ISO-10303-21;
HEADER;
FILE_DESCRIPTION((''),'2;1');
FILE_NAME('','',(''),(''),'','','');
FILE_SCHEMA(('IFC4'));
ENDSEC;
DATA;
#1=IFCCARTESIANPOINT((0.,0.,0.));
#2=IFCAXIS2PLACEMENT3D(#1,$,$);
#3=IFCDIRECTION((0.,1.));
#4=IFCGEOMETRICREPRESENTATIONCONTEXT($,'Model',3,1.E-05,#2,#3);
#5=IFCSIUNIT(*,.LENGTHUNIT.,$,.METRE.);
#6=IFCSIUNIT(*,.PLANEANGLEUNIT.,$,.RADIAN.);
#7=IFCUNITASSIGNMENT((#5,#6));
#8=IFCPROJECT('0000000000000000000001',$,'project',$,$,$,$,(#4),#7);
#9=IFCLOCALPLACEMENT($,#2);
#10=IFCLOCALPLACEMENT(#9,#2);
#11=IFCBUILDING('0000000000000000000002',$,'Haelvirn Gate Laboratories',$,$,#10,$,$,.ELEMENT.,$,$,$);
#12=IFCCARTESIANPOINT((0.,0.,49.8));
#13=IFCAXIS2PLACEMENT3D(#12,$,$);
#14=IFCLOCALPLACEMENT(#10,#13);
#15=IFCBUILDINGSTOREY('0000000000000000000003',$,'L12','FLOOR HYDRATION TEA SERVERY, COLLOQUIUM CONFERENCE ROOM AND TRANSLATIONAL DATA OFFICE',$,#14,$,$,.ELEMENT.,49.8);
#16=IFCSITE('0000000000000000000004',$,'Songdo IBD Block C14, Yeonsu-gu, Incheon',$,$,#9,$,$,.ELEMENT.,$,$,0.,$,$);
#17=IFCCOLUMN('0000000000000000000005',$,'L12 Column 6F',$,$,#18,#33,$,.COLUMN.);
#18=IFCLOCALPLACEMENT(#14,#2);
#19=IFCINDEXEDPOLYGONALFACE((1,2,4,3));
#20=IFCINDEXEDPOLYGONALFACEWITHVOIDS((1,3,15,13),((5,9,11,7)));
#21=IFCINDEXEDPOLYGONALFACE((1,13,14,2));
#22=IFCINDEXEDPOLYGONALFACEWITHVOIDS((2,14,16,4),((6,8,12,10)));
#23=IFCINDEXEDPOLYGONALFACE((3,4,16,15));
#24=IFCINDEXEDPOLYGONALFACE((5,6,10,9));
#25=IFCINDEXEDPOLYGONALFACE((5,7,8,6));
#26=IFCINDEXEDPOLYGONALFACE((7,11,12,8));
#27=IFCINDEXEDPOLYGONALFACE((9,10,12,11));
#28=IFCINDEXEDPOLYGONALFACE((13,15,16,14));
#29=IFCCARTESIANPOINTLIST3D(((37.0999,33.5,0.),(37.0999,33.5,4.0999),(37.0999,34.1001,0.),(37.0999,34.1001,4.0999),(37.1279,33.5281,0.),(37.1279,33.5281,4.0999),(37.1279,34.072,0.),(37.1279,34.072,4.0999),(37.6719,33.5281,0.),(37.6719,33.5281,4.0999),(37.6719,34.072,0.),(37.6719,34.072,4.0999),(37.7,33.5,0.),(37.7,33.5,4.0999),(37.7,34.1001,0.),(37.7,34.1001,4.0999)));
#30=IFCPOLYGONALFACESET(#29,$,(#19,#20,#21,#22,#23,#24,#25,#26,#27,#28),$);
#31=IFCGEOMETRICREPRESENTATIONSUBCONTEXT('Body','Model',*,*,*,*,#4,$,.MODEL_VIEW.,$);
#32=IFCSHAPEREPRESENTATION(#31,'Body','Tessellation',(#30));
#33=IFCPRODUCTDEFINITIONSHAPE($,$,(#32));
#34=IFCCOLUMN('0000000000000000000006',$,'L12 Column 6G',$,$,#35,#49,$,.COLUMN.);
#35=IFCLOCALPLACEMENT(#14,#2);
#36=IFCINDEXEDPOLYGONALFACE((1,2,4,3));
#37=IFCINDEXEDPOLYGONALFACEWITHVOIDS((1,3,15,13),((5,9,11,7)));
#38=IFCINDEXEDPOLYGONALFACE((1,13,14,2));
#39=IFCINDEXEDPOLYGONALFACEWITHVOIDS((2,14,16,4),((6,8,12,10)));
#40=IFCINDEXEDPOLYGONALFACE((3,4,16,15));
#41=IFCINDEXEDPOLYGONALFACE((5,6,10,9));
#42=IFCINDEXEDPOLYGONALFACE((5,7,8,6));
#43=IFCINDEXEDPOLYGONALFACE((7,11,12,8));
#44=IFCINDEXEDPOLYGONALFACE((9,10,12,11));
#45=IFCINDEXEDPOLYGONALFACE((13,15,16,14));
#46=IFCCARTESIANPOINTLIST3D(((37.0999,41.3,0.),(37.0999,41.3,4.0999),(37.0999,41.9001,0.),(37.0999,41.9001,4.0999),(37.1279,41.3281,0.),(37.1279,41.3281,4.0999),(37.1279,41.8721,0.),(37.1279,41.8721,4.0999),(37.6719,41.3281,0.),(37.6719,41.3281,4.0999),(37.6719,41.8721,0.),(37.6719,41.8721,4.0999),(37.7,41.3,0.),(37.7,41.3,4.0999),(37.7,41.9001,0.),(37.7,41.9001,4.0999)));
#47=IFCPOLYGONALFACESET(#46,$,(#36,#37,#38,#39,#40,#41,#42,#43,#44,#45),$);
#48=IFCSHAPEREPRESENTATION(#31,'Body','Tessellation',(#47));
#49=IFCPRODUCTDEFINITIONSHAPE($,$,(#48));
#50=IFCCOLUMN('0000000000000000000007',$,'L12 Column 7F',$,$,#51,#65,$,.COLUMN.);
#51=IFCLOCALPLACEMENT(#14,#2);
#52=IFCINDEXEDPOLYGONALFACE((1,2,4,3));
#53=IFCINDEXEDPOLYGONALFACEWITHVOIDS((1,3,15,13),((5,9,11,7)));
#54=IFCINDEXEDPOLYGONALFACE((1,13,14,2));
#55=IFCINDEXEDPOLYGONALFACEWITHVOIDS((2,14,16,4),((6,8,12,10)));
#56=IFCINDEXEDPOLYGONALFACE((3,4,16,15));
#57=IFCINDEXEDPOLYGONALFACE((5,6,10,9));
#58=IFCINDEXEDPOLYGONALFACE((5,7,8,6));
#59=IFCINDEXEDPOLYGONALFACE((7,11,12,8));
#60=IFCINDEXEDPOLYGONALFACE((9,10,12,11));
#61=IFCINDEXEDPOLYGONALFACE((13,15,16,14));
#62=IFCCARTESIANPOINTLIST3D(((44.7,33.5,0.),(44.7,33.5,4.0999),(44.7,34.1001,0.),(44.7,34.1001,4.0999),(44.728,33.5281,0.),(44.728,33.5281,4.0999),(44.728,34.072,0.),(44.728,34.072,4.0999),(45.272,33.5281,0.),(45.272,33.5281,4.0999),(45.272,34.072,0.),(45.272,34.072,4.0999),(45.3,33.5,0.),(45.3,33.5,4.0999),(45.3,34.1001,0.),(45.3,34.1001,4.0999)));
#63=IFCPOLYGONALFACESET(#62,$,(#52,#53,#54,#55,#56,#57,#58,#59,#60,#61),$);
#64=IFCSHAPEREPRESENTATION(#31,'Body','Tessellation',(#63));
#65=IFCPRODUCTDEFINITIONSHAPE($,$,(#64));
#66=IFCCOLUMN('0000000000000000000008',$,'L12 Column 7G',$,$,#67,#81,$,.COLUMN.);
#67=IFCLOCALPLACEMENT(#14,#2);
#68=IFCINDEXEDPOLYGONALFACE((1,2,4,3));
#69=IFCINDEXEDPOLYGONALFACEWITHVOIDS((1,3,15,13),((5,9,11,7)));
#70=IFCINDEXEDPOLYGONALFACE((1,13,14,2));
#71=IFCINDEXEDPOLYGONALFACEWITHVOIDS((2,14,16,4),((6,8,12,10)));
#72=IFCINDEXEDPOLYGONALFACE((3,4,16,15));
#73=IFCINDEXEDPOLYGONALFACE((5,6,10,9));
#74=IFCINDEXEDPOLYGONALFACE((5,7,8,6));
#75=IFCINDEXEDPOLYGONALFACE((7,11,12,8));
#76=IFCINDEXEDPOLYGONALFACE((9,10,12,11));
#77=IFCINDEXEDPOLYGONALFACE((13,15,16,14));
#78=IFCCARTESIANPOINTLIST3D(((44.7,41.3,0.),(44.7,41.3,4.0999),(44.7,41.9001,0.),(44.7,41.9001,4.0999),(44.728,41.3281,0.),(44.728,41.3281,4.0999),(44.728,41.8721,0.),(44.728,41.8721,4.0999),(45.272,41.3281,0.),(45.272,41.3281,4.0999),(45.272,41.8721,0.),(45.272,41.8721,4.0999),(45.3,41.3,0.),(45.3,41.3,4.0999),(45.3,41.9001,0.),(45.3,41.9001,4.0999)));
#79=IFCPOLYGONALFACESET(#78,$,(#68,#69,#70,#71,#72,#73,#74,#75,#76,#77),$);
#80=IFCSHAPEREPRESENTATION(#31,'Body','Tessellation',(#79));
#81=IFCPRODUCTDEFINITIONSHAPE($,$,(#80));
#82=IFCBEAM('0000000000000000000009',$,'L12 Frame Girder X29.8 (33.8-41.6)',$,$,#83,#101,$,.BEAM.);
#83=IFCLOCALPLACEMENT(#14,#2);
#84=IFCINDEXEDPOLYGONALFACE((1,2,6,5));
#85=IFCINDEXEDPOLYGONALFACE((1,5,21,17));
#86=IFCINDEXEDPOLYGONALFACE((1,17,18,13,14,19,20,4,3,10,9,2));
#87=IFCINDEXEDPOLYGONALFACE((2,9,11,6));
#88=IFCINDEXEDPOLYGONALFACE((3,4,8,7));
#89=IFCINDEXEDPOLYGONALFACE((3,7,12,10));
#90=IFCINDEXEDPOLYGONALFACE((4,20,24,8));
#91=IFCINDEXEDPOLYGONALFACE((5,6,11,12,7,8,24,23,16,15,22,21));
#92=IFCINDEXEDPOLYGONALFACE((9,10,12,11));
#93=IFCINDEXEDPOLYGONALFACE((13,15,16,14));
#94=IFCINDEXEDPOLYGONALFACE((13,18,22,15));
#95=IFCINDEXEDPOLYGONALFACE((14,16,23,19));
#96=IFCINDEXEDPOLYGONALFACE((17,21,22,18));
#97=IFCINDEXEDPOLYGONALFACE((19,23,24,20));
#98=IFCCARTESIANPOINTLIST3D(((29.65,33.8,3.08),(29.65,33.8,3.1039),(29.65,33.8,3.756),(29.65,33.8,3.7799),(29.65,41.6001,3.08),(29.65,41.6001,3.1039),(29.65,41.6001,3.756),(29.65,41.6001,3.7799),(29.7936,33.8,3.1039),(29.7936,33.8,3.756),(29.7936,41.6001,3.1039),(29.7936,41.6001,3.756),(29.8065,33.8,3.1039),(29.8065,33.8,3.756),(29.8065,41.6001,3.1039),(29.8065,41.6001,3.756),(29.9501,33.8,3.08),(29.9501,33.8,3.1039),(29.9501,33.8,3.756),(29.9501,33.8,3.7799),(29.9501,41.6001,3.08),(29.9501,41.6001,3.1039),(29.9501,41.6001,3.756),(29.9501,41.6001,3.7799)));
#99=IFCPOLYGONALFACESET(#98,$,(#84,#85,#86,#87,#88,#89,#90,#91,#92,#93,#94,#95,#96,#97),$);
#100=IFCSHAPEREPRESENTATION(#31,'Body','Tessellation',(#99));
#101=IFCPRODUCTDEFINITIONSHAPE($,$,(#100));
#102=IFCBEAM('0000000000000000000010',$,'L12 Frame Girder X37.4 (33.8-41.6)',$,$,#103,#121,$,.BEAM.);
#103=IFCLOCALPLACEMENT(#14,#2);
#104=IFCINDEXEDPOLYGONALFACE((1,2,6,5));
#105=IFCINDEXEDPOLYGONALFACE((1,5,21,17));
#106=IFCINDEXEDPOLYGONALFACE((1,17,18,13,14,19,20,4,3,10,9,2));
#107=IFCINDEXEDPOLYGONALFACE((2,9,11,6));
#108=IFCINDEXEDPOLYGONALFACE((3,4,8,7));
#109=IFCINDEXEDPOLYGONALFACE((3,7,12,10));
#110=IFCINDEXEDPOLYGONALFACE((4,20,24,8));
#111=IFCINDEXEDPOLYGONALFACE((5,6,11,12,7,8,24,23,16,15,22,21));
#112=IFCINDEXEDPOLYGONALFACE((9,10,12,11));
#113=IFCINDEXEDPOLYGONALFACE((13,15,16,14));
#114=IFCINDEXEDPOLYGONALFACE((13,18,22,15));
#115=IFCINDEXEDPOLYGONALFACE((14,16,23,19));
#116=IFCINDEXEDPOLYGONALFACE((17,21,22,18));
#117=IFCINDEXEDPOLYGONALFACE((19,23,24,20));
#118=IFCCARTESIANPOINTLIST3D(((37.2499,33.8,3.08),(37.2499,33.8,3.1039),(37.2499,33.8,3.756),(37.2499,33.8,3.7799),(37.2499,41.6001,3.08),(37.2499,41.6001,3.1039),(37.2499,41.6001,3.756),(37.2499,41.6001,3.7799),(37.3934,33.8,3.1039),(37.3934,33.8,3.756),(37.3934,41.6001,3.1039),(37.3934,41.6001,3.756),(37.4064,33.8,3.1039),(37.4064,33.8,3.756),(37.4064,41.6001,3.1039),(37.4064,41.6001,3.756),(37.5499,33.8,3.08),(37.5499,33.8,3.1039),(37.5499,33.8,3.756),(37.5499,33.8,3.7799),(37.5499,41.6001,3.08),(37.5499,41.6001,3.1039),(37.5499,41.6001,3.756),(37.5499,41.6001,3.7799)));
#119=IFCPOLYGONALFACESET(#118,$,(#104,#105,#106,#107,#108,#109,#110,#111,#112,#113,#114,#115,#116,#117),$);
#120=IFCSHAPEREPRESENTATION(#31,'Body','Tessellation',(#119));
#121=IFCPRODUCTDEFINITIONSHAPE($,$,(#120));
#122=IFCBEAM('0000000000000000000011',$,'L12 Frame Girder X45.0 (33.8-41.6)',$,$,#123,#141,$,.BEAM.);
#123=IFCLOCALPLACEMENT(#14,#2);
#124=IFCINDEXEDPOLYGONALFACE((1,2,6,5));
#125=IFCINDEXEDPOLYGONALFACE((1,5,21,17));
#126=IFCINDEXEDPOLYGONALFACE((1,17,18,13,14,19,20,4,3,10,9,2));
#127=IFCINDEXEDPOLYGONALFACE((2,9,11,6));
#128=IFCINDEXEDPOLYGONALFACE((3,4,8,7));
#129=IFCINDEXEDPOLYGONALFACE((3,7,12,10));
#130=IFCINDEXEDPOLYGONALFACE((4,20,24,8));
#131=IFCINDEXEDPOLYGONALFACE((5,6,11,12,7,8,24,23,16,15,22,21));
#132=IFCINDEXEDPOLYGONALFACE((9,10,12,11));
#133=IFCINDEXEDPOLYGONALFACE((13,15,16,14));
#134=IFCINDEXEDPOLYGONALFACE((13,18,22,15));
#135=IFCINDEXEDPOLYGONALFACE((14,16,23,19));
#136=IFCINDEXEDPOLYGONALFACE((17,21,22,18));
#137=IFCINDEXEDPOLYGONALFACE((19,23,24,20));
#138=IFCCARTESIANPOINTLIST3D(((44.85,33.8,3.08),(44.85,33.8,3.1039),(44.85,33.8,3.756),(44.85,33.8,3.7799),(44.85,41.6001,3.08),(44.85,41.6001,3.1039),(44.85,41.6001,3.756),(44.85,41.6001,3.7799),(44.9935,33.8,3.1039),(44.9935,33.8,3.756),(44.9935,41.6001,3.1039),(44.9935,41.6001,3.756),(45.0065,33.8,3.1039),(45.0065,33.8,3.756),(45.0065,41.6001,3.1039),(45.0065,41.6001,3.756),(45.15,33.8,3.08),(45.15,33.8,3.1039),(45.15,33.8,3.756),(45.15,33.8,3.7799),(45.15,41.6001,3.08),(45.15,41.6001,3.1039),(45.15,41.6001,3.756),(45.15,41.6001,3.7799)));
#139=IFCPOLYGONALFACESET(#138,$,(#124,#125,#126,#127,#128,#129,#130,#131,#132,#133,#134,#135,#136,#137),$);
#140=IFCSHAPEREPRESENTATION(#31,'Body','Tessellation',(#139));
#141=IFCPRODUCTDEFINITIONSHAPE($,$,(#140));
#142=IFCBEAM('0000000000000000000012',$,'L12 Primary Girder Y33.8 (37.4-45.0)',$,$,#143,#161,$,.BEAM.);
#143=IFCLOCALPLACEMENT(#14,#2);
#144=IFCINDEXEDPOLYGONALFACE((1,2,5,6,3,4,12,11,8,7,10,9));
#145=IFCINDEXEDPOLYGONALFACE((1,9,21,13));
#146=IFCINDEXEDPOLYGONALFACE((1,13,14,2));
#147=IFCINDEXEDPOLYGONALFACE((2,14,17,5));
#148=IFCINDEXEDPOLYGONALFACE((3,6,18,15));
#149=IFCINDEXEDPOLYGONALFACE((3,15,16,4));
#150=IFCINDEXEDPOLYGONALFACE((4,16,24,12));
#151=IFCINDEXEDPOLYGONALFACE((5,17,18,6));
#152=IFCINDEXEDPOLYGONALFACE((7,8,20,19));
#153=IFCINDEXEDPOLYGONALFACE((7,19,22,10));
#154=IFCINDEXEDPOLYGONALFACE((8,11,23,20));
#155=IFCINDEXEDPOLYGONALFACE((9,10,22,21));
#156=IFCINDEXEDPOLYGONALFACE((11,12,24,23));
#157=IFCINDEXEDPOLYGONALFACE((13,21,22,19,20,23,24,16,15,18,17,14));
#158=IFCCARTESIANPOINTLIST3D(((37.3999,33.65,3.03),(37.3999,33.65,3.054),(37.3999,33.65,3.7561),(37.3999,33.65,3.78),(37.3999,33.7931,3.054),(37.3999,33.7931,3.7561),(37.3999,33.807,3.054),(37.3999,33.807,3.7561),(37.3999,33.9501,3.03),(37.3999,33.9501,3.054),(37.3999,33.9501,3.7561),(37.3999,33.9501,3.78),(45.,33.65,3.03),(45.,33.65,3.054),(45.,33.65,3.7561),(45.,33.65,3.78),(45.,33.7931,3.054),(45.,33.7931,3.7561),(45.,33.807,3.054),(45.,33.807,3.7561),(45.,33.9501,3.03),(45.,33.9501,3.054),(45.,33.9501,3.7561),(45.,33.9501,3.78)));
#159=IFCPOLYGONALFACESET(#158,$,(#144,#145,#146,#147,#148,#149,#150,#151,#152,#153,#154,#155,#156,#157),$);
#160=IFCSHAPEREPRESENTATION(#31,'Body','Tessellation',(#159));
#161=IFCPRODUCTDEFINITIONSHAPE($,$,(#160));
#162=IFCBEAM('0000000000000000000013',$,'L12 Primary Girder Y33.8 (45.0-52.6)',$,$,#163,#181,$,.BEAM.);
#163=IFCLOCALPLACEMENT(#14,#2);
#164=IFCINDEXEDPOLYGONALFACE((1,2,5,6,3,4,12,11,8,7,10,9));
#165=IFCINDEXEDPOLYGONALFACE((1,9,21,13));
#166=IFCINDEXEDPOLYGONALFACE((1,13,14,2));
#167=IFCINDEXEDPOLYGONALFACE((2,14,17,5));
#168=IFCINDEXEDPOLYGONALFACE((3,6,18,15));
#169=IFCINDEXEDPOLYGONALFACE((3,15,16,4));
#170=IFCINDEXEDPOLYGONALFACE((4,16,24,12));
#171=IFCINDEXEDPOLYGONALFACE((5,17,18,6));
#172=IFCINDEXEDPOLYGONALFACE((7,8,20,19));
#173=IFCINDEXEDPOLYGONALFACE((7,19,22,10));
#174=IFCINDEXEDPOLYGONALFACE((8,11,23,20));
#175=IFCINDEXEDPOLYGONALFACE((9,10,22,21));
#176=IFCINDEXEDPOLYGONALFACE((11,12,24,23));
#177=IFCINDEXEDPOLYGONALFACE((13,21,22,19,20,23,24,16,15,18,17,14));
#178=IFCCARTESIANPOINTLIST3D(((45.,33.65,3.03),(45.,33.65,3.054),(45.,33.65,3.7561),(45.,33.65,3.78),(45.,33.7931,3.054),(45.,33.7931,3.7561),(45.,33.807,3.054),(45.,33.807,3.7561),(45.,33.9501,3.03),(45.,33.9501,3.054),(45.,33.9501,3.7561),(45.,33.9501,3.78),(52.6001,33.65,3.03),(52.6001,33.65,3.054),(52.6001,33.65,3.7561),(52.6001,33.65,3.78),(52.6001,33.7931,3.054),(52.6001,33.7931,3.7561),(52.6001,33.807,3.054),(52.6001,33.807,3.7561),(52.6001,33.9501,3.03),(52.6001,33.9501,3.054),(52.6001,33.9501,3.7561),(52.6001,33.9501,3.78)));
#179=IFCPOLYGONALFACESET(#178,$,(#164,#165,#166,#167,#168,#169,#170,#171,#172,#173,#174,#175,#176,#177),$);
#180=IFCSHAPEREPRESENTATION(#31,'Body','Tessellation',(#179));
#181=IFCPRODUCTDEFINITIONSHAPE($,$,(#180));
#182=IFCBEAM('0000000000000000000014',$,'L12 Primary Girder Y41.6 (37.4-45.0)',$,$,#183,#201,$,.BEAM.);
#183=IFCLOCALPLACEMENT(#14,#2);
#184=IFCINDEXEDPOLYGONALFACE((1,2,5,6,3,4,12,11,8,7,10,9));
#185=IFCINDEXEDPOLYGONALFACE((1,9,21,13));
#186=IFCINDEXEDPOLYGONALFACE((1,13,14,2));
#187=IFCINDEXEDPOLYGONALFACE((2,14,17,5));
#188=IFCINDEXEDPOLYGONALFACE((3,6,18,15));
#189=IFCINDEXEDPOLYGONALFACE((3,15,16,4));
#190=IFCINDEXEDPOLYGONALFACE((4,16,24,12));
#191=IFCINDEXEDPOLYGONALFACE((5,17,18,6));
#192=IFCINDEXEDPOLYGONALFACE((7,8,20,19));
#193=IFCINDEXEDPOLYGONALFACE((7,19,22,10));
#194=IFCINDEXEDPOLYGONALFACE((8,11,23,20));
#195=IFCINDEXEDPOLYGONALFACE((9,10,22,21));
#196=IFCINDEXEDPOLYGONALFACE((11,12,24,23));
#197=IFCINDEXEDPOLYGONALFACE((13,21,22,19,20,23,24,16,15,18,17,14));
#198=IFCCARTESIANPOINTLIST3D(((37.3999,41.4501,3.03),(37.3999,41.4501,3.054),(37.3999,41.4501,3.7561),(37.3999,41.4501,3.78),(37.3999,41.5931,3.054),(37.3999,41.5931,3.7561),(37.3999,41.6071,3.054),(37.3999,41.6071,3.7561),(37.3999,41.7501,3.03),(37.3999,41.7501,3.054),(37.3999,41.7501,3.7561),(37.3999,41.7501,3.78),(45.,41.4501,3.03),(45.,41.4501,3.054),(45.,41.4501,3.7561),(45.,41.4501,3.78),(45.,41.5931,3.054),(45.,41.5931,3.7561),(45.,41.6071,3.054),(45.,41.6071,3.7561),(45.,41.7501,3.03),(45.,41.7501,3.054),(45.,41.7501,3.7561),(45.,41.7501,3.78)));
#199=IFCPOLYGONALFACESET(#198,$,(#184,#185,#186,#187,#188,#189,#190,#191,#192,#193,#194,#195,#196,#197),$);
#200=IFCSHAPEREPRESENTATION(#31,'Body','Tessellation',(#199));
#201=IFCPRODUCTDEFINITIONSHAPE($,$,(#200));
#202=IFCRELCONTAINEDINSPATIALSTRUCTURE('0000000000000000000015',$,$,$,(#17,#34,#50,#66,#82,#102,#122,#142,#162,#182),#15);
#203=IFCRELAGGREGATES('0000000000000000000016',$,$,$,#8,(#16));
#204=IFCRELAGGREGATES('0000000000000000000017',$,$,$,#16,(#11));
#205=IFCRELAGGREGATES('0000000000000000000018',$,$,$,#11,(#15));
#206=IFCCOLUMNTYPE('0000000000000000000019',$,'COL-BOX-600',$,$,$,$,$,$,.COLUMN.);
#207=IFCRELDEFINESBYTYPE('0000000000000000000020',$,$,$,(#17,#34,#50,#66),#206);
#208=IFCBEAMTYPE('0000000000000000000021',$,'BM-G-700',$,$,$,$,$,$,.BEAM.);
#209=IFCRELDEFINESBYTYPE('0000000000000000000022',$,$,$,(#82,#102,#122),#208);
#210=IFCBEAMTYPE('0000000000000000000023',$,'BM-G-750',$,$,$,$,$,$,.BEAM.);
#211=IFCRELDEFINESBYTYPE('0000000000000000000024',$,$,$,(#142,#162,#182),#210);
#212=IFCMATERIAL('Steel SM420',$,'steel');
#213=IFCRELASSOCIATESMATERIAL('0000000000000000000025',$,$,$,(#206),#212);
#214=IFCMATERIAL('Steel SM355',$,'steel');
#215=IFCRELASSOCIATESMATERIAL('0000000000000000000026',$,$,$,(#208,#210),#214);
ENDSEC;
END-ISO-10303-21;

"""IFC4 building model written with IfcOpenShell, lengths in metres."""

from ifc_helpers import new_model, si_unit, direction, frame, origin, origin_2d, place, context, subcontext, project, spatial, hollow_rectangle, i_section, extrude, source, transform, mapped, material, material_profile, profile_set, type_object, type_shapes, element, save


model = new_model("IFC4")

# Units and contexts
model_context = context("Model", 3, precision=1e-05, world=origin(), true_north=direction((0.0, 1.0)))
body_context = subcontext(model_context, "Body", "Model", "MODEL_VIEW")
ifc_project = project(units=[si_unit("LENGTHUNIT", "METRE"), si_unit("PLANEANGLEUNIT", "RADIAN")], contexts=[model_context])

# Site, building, storey
site_placement = place(None, origin())
site = spatial("IfcSite", under=ifc_project, at=site_placement, Name="Songdo IBD Block C14, Yeonsu-gu, Incheon", CompositionType="ELEMENT", RefElevation=0.0)
building_placement = place(site_placement, origin())
building = spatial("IfcBuilding", under=site, at=building_placement, Name="Haelvirn Gate Laboratories", CompositionType="ELEMENT")
storey_placement = place(building_placement, frame((0.0, 0.0, 49.8)))
storey = spatial("IfcBuildingStorey", under=building, at=storey_placement, Name="L12", Description="FLOOR HYDRATION TEA SERVERY, COLLOQUIUM CONFERENCE ROOM AND TRANSLATIONAL DATA OFFICE", CompositionType="ELEMENT", Elevation=49.8)

# Columns
ifc_material_1 = material(Name="Steel SM420", Category="steel")
ifc_material_profile_1 = material_profile(ifc_material_1, hollow_rectangle(XDim=0.6001, YDim=0.6001, WallThickness=0.0281, at=origin_2d()), Name="BOX-600x600x28")
ifc_profile_set_1 = profile_set([ifc_material_profile_1], Name="Steel SM420")
column_type = type_object("IfcColumnType", Name="COL-BOX-600", PredefinedType="COLUMN", material=ifc_profile_set_1)
shared_shape_1 = source(origin(), body_context, "Body", "SweptSolid", [
    extrude(hollow_rectangle(XDim=0.6001, YDim=0.6001, WallThickness=0.0281, at=origin_2d()), origin(), (0.0, 0.0, 1.0), 4.0999),
])
type_shapes(column_type, [shared_shape_1])
for number, where, z_axis, x_axis, name in (
    (1, (37.3999, 33.8, 0.0), (0.0, 0.0, 1.0), (1.0, 0.0, 0.0), "L12 Column 6F"),
    (2, (37.3999, 41.6001, 0.0), (0.0, 0.0, 1.0), (1.0, 0.0, 0.0), "L12 Column 6G"),
    (3, (45.0, 33.8, 0.0), (0.0, 0.0, 1.0), (1.0, 0.0, 0.0), "L12 Column 7F"),
    (4, (45.0, 41.6001, 0.0), (0.0, 0.0, 1.0), (1.0, 0.0, 0.0), "L12 Column 7G"),
):
    element("IfcColumn", number, at=place(storey_placement, frame(where, z_axis=z_axis, x_axis=x_axis)), inside=storey, type_object=column_type, Name=name, PredefinedType="COLUMN", context=body_context, shape_type="MappedRepresentation", body=[
        mapped(shared_shape_1, transform((0.0, 0.0, 0.0), scale=1.0)),
    ])

# Beams
ifc_material_2 = material(Name="Steel SM355", Category="steel")
ifc_material_profile_2 = material_profile(ifc_material_2, i_section(OverallWidth=0.3, OverallDepth=0.7, WebThickness=0.0129, FlangeThickness=0.0239, at=origin_2d()), Name="H-700x300x13x24")
ifc_profile_set_2 = profile_set([ifc_material_profile_2], Name="Steel SM355")
beam_type_1 = type_object("IfcBeamType", Name="BM-G-700", PredefinedType="BEAM", material=ifc_profile_set_2)
shared_shape_2 = source(origin(), body_context, "Body", "SweptSolid", [
    extrude(i_section(OverallWidth=0.3, OverallDepth=0.7, WebThickness=0.0129, FlangeThickness=0.0239, at=origin_2d()), origin(), (0.0, 0.0, 1.0), 7.8),
])
type_shapes(beam_type_1, [shared_shape_2])
for number, where, z_axis, x_axis, name in (
    (5, (29.8, 33.8, 3.4299), (0.0, 1.0, 0.0), (-1.0, 0.0, 0.0), "L12 Frame Girder X29.8 (33.8-41.6)"),
    (6, (37.3999, 33.8, 3.4299), (0.0, 1.0, 0.0), (-1.0, 0.0, 0.0), "L12 Frame Girder X37.4 (33.8-41.6)"),
    (7, (45.0, 33.8, 3.4299), (0.0, 1.0, 0.0), (-1.0, 0.0, 0.0), "L12 Frame Girder X45.0 (33.8-41.6)"),
):
    element("IfcBeam", number, at=place(storey_placement, frame(where, z_axis=z_axis, x_axis=x_axis)), inside=storey, type_object=beam_type_1, Name=name, PredefinedType="BEAM", context=body_context, shape_type="MappedRepresentation", body=[
        mapped(shared_shape_2, transform((0.0, 0.0, 0.0), scale=1.0)),
    ])
ifc_material_profile_3 = material_profile(ifc_material_2, i_section(OverallWidth=0.3, OverallDepth=0.75, WebThickness=0.0139, FlangeThickness=0.0239, at=origin_2d()), Name="H-750x300x14x24")
ifc_profile_set_3 = profile_set([ifc_material_profile_3], Name="Steel SM355")
beam_type_2 = type_object("IfcBeamType", Name="BM-G-750", PredefinedType="BEAM", material=ifc_profile_set_3)
shared_shape_3 = source(origin(), body_context, "Body", "SweptSolid", [
    extrude(i_section(OverallWidth=0.3, OverallDepth=0.75, WebThickness=0.0139, FlangeThickness=0.0239, at=origin_2d()), origin(), (0.0, 0.0, 1.0), 7.6001),
])
type_shapes(beam_type_2, [shared_shape_3])
for number, where, z_axis, x_axis, name in (
    (8, (37.3999, 33.8, 3.405), (1.0, 0.0, 0.0), (0.0, 1.0, 0.0), "L12 Primary Girder Y33.8 (37.4-45.0)"),
    (9, (45.0, 33.8, 3.405), (1.0, 0.0, 0.0), (0.0, 1.0, 0.0), "L12 Primary Girder Y33.8 (45.0-52.6)"),
    (10, (37.3999, 41.6001, 3.405), (1.0, 0.0, 0.0), (0.0, 1.0, 0.0), "L12 Primary Girder Y41.6 (37.4-45.0)"),
):
    element("IfcBeam", number, at=place(storey_placement, frame(where, z_axis=z_axis, x_axis=x_axis)), inside=storey, type_object=beam_type_2, Name=name, PredefinedType="BEAM", context=body_context, shape_type="MappedRepresentation", body=[
        mapped(shared_shape_3, transform((0.0, 0.0, 0.0), scale=1.0)),
    ])

save(model, "model.ifc")
